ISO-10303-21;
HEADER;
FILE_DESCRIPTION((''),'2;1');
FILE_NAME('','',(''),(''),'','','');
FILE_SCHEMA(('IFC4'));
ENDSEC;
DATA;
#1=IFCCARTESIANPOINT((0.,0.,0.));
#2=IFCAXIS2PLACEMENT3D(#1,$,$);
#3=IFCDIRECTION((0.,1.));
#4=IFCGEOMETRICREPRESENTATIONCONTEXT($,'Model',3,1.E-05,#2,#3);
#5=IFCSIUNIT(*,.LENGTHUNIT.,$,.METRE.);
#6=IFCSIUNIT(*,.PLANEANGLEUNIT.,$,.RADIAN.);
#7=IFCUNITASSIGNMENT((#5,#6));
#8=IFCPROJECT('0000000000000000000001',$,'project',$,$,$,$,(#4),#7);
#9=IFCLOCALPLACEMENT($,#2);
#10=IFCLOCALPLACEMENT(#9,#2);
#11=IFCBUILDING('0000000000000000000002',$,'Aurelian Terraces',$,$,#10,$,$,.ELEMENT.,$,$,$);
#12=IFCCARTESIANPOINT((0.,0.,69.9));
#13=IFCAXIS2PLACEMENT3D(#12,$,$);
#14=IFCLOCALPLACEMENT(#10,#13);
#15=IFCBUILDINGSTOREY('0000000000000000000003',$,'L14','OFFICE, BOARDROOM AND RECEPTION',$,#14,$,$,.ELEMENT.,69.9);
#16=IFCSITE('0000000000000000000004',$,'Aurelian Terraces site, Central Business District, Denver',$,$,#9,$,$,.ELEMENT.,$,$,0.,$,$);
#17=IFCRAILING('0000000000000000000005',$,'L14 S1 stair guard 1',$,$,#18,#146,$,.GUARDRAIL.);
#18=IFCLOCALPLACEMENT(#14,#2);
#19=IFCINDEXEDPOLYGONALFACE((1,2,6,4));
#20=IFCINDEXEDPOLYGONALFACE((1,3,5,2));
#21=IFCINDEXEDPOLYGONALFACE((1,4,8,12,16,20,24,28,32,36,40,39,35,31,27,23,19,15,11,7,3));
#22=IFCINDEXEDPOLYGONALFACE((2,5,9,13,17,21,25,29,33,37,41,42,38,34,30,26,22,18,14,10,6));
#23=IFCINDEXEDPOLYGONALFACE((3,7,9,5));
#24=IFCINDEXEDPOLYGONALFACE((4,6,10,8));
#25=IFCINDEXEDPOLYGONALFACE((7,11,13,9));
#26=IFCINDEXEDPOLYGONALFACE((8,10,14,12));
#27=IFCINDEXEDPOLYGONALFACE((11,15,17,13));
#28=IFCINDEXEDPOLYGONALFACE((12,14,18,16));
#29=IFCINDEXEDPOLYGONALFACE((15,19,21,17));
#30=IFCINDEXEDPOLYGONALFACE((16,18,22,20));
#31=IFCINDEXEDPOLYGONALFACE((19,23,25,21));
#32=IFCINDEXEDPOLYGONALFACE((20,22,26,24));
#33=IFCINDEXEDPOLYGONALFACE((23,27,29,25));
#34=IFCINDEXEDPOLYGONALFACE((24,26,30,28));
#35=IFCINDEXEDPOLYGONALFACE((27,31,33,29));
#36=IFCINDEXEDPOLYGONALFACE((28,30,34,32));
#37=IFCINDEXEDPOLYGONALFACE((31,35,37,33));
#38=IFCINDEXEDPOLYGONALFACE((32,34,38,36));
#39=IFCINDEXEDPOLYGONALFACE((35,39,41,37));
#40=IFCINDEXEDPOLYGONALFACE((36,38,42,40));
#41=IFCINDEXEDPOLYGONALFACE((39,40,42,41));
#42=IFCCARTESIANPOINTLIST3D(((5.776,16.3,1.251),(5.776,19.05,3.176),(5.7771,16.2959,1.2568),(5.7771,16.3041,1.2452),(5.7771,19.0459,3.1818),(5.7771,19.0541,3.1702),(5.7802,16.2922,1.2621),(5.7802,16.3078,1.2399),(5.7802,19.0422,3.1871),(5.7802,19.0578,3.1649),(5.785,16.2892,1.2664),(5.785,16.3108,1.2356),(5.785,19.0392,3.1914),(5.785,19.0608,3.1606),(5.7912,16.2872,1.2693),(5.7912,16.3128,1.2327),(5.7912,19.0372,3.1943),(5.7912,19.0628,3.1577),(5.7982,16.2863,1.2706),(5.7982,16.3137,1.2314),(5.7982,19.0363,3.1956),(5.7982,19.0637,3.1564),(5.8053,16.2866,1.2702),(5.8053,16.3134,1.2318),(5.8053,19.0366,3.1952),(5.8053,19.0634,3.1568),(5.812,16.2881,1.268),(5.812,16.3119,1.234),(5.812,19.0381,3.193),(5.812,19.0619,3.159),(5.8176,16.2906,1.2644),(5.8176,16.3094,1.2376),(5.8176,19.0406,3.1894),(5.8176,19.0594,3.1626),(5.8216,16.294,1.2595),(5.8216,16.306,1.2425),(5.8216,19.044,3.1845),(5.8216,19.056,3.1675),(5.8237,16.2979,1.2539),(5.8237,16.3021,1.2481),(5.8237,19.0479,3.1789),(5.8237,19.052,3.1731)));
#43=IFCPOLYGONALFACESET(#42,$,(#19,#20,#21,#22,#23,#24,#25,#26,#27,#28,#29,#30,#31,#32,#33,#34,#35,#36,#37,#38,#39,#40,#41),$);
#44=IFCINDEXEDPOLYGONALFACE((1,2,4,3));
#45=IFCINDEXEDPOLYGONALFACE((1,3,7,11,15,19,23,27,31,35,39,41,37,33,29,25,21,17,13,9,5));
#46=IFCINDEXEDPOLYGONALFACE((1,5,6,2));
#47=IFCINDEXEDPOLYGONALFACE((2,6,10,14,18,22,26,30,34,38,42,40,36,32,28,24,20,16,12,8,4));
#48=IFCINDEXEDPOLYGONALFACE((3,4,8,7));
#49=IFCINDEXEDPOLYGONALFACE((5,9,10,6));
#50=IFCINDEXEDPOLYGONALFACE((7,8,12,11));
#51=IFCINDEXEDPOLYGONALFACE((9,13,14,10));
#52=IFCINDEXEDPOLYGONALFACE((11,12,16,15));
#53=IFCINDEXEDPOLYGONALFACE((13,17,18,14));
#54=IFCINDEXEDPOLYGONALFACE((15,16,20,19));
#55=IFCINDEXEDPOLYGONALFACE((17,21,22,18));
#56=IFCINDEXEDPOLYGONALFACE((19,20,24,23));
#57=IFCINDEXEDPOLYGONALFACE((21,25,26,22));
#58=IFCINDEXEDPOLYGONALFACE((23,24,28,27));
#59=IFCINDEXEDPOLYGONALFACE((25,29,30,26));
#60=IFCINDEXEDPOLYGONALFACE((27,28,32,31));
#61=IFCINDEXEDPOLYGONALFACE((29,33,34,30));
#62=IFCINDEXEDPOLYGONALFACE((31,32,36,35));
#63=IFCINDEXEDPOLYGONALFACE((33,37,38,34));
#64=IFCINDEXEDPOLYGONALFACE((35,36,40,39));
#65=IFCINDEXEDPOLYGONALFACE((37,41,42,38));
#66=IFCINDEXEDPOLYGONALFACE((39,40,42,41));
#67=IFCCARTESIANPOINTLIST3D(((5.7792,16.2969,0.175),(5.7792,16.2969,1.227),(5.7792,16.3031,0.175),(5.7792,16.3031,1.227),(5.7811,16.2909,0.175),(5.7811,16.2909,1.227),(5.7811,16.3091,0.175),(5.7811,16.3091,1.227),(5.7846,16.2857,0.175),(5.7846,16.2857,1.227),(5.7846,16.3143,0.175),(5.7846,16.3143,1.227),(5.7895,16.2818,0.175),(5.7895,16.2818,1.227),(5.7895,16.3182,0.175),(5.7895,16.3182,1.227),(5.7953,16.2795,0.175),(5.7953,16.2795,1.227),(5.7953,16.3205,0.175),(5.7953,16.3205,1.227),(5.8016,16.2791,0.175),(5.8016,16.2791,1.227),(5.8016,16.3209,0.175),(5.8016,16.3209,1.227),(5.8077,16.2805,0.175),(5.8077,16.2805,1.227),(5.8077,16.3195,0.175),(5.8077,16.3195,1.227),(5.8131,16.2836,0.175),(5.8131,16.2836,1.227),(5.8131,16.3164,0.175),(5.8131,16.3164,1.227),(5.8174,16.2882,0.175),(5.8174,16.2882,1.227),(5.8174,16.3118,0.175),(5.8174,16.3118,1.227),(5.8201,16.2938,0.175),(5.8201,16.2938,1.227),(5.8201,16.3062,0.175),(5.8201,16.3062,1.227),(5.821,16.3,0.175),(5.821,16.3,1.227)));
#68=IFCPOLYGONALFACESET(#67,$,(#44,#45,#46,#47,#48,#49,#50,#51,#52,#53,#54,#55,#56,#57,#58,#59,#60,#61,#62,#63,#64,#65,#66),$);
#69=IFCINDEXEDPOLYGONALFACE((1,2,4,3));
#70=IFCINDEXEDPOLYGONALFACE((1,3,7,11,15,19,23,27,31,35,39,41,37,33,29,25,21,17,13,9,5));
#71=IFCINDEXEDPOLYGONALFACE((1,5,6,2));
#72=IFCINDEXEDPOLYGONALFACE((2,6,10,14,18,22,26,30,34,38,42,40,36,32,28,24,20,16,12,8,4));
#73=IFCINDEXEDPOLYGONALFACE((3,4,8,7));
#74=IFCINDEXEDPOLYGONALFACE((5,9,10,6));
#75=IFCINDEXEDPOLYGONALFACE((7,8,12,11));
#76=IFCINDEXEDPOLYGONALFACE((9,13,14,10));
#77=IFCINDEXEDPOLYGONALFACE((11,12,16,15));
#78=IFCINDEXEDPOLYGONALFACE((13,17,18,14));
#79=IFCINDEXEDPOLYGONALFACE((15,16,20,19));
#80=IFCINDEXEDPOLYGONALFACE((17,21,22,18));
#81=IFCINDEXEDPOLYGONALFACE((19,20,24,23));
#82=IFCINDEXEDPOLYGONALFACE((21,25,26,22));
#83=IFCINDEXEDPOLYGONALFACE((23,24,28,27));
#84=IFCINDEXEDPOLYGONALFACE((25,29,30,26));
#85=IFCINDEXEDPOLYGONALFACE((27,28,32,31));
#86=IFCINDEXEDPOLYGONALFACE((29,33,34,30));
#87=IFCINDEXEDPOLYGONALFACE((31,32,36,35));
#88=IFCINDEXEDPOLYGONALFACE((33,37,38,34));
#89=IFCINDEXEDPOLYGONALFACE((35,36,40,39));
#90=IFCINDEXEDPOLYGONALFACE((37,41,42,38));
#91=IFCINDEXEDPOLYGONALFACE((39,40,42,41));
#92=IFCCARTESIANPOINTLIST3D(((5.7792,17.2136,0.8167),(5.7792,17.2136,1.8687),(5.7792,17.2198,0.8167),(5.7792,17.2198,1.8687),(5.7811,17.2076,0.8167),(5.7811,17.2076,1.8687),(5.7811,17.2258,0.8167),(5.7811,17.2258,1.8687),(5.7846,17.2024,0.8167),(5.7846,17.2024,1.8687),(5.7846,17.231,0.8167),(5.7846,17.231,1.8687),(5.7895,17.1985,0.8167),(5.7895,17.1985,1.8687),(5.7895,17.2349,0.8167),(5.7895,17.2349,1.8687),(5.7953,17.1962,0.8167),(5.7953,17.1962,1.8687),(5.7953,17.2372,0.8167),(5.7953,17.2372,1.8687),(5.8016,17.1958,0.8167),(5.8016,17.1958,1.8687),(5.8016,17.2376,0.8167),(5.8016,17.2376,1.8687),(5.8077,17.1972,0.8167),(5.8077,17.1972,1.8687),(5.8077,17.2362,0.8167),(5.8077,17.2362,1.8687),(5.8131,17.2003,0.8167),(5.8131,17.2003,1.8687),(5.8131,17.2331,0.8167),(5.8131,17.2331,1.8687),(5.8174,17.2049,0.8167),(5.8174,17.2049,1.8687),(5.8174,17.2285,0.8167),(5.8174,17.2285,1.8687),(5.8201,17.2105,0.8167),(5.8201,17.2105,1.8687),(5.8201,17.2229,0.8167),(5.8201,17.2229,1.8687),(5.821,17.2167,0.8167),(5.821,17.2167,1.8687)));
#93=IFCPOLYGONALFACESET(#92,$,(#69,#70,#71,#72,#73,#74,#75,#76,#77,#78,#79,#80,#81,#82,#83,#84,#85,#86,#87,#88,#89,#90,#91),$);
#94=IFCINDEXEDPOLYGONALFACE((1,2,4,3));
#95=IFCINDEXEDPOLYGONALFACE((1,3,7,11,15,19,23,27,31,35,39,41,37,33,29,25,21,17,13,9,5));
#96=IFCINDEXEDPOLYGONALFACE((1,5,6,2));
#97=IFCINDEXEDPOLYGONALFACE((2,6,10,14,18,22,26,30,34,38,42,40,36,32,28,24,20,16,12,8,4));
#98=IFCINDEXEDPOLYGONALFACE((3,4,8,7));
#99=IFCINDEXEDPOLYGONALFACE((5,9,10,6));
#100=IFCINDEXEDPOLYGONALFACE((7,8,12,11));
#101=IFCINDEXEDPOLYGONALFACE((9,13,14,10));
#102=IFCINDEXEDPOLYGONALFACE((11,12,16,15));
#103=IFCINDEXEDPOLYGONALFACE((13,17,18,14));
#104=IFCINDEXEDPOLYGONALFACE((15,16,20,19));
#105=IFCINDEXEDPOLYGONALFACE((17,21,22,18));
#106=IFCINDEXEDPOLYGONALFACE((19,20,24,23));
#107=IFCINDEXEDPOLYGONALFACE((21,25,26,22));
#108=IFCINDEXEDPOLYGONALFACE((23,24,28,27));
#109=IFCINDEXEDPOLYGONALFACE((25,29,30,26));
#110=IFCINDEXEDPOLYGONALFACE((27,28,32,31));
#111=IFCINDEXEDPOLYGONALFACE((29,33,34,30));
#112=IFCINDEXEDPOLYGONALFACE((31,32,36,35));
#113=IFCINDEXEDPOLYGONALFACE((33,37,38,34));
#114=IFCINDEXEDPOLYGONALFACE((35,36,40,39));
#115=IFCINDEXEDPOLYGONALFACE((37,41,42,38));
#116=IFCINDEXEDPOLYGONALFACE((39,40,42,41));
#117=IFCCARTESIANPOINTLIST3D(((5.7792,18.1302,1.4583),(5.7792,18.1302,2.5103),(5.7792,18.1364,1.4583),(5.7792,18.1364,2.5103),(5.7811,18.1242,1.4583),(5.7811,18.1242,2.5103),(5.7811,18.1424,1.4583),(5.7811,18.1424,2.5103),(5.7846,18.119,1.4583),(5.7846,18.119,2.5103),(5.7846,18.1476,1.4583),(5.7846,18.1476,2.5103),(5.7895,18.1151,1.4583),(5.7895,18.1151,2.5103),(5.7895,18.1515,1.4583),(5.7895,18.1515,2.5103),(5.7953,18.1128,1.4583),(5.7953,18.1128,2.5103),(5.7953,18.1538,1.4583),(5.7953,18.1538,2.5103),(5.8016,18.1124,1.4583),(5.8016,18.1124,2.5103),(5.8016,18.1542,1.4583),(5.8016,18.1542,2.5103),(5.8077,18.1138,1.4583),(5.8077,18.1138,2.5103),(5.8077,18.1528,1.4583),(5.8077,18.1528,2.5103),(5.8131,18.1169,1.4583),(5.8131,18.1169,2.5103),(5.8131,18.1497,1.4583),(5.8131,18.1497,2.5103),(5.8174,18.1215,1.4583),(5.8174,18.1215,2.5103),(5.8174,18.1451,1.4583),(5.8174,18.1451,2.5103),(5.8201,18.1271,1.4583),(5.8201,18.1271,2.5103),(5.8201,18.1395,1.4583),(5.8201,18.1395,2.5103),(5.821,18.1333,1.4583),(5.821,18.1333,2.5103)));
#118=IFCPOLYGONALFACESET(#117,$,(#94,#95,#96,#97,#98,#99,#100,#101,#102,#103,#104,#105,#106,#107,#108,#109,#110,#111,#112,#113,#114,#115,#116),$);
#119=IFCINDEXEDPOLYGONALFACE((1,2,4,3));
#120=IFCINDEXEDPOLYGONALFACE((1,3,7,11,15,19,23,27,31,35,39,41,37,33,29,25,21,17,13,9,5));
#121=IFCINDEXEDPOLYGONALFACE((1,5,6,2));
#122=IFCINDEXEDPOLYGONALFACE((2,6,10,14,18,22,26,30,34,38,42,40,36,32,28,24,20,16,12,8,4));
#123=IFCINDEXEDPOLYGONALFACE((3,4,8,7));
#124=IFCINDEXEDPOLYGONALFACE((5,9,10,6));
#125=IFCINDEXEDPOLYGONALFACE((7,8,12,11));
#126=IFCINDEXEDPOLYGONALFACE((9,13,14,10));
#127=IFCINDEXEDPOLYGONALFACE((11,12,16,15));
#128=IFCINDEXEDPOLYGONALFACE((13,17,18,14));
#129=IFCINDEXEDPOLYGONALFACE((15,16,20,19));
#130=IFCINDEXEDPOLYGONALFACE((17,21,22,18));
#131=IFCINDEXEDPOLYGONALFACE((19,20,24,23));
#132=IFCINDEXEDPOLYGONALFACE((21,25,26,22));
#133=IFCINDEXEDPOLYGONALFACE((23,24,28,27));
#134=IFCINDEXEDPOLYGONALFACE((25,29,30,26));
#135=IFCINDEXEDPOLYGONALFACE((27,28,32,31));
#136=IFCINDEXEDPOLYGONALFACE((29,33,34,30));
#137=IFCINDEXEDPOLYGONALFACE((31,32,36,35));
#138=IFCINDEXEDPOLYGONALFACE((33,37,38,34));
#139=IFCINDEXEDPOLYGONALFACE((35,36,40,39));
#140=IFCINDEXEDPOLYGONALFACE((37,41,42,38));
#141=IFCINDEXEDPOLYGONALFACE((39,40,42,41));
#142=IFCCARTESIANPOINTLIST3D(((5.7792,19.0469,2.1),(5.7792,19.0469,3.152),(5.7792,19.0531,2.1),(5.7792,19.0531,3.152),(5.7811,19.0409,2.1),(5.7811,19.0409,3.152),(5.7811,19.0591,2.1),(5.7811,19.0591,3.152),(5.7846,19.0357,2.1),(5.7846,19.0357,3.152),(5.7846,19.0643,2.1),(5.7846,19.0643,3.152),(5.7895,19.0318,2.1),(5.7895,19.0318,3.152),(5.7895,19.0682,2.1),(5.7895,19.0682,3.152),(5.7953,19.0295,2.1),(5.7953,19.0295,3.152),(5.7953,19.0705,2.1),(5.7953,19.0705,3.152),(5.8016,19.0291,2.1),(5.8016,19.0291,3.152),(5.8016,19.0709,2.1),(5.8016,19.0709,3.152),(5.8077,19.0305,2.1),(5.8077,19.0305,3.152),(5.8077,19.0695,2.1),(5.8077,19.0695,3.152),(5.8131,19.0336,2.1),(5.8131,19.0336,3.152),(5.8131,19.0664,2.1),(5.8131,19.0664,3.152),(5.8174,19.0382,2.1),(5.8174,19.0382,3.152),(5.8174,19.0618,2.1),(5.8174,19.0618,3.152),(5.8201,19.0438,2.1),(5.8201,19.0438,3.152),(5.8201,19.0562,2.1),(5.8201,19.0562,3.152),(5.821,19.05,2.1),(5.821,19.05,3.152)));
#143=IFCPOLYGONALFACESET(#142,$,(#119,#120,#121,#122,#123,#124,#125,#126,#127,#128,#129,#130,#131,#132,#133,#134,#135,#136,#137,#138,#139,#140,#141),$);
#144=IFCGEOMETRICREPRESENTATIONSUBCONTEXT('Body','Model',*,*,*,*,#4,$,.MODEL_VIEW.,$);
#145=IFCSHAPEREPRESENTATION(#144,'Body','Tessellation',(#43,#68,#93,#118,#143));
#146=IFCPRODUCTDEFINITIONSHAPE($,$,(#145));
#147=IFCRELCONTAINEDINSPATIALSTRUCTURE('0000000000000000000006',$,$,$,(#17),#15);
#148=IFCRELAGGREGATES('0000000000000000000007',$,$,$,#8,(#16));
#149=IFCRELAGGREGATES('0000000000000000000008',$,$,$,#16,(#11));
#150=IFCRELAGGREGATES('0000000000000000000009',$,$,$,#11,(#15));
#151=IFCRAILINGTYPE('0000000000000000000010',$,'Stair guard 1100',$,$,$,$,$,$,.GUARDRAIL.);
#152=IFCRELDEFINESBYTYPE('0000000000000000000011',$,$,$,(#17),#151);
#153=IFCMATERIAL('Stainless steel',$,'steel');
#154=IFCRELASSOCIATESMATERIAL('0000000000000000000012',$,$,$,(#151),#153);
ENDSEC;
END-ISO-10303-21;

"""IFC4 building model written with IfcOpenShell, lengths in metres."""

from ifc_helpers import new_model, si_unit, direction, frame, origin, origin_2d, place, context, subcontext, project, spatial, circle, extrude, source, transform, mapped, material, type_object, element, save


model = new_model("IFC4")

# Units and contexts
model_context = context("Model", 3, precision=1e-05, world=origin(), true_north=direction((0.0, 1.0)))
body_context = subcontext(model_context, "Body", "Model", "MODEL_VIEW")
ifc_project = project(units=[si_unit("LENGTHUNIT", "METRE"), si_unit("PLANEANGLEUNIT", "RADIAN")], contexts=[model_context])

# Site, building, storey
site_placement = place(None, origin())
site = spatial("IfcSite", under=ifc_project, at=site_placement, Name="Aurelian Terraces site, Central Business District, Denver", CompositionType="ELEMENT", RefElevation=0.0)
building_placement = place(site_placement, origin())
building = spatial("IfcBuilding", under=site, at=building_placement, Name="Aurelian Terraces", CompositionType="ELEMENT")
storey_placement = place(building_placement, frame((0.0, 0.0, 69.9)))
storey = spatial("IfcBuildingStorey", under=building, at=storey_placement, Name="L14", Description="OFFICE, BOARDROOM AND RECEPTION", CompositionType="ELEMENT", Elevation=69.9)

# Railing
ifc_material_1 = material(Name="Stainless steel", Category="steel")
railing_type_1 = type_object("IfcRailingType", Name="Stair guard 1100", PredefinedType="GUARDRAIL", material=ifc_material_1)
shared_shape_1 = source(origin(), body_context, "Body", "SweptSolid", [
    extrude(circle(Radius=0.024, at=origin_2d()), frame((0.0, 0.0, 1.076), z_axis=(0.0, 0.819232, 0.573462), x_axis=(-1.0, 0.0, 0.0)), (0.0, 0.0, 1.0), 3.3568),
    extrude(circle(Radius=0.021, at=origin_2d()), origin(), (0.0, 0.0, 1.0), 1.052),
    extrude(circle(Radius=0.021, at=origin_2d()), frame((0.0, 0.9167, 0.6417)), (0.0, 0.0, 1.0), 1.052),
    extrude(circle(Radius=0.021, at=origin_2d()), frame((0.0, 1.8333, 1.2833)), (0.0, 0.0, 1.0), 1.052),
    extrude(circle(Radius=0.021, at=origin_2d()), frame((0.0, 2.75, 1.925)), (0.0, 0.0, 1.0), 1.052),
])
railing_1_placement = place(storey_placement, frame((5.8, 16.3, 0.175)))
element("IfcRailing", 1, at=railing_1_placement, inside=storey, type_object=railing_type_1, Name="L14 S1 stair guard 1", PredefinedType="GUARDRAIL", context=body_context, shape_type="MappedRepresentation", body=[
    mapped(shared_shape_1, transform((0.0, 0.0, 0.0), scale=1.0)),
])

save(model, "model.ifc")
